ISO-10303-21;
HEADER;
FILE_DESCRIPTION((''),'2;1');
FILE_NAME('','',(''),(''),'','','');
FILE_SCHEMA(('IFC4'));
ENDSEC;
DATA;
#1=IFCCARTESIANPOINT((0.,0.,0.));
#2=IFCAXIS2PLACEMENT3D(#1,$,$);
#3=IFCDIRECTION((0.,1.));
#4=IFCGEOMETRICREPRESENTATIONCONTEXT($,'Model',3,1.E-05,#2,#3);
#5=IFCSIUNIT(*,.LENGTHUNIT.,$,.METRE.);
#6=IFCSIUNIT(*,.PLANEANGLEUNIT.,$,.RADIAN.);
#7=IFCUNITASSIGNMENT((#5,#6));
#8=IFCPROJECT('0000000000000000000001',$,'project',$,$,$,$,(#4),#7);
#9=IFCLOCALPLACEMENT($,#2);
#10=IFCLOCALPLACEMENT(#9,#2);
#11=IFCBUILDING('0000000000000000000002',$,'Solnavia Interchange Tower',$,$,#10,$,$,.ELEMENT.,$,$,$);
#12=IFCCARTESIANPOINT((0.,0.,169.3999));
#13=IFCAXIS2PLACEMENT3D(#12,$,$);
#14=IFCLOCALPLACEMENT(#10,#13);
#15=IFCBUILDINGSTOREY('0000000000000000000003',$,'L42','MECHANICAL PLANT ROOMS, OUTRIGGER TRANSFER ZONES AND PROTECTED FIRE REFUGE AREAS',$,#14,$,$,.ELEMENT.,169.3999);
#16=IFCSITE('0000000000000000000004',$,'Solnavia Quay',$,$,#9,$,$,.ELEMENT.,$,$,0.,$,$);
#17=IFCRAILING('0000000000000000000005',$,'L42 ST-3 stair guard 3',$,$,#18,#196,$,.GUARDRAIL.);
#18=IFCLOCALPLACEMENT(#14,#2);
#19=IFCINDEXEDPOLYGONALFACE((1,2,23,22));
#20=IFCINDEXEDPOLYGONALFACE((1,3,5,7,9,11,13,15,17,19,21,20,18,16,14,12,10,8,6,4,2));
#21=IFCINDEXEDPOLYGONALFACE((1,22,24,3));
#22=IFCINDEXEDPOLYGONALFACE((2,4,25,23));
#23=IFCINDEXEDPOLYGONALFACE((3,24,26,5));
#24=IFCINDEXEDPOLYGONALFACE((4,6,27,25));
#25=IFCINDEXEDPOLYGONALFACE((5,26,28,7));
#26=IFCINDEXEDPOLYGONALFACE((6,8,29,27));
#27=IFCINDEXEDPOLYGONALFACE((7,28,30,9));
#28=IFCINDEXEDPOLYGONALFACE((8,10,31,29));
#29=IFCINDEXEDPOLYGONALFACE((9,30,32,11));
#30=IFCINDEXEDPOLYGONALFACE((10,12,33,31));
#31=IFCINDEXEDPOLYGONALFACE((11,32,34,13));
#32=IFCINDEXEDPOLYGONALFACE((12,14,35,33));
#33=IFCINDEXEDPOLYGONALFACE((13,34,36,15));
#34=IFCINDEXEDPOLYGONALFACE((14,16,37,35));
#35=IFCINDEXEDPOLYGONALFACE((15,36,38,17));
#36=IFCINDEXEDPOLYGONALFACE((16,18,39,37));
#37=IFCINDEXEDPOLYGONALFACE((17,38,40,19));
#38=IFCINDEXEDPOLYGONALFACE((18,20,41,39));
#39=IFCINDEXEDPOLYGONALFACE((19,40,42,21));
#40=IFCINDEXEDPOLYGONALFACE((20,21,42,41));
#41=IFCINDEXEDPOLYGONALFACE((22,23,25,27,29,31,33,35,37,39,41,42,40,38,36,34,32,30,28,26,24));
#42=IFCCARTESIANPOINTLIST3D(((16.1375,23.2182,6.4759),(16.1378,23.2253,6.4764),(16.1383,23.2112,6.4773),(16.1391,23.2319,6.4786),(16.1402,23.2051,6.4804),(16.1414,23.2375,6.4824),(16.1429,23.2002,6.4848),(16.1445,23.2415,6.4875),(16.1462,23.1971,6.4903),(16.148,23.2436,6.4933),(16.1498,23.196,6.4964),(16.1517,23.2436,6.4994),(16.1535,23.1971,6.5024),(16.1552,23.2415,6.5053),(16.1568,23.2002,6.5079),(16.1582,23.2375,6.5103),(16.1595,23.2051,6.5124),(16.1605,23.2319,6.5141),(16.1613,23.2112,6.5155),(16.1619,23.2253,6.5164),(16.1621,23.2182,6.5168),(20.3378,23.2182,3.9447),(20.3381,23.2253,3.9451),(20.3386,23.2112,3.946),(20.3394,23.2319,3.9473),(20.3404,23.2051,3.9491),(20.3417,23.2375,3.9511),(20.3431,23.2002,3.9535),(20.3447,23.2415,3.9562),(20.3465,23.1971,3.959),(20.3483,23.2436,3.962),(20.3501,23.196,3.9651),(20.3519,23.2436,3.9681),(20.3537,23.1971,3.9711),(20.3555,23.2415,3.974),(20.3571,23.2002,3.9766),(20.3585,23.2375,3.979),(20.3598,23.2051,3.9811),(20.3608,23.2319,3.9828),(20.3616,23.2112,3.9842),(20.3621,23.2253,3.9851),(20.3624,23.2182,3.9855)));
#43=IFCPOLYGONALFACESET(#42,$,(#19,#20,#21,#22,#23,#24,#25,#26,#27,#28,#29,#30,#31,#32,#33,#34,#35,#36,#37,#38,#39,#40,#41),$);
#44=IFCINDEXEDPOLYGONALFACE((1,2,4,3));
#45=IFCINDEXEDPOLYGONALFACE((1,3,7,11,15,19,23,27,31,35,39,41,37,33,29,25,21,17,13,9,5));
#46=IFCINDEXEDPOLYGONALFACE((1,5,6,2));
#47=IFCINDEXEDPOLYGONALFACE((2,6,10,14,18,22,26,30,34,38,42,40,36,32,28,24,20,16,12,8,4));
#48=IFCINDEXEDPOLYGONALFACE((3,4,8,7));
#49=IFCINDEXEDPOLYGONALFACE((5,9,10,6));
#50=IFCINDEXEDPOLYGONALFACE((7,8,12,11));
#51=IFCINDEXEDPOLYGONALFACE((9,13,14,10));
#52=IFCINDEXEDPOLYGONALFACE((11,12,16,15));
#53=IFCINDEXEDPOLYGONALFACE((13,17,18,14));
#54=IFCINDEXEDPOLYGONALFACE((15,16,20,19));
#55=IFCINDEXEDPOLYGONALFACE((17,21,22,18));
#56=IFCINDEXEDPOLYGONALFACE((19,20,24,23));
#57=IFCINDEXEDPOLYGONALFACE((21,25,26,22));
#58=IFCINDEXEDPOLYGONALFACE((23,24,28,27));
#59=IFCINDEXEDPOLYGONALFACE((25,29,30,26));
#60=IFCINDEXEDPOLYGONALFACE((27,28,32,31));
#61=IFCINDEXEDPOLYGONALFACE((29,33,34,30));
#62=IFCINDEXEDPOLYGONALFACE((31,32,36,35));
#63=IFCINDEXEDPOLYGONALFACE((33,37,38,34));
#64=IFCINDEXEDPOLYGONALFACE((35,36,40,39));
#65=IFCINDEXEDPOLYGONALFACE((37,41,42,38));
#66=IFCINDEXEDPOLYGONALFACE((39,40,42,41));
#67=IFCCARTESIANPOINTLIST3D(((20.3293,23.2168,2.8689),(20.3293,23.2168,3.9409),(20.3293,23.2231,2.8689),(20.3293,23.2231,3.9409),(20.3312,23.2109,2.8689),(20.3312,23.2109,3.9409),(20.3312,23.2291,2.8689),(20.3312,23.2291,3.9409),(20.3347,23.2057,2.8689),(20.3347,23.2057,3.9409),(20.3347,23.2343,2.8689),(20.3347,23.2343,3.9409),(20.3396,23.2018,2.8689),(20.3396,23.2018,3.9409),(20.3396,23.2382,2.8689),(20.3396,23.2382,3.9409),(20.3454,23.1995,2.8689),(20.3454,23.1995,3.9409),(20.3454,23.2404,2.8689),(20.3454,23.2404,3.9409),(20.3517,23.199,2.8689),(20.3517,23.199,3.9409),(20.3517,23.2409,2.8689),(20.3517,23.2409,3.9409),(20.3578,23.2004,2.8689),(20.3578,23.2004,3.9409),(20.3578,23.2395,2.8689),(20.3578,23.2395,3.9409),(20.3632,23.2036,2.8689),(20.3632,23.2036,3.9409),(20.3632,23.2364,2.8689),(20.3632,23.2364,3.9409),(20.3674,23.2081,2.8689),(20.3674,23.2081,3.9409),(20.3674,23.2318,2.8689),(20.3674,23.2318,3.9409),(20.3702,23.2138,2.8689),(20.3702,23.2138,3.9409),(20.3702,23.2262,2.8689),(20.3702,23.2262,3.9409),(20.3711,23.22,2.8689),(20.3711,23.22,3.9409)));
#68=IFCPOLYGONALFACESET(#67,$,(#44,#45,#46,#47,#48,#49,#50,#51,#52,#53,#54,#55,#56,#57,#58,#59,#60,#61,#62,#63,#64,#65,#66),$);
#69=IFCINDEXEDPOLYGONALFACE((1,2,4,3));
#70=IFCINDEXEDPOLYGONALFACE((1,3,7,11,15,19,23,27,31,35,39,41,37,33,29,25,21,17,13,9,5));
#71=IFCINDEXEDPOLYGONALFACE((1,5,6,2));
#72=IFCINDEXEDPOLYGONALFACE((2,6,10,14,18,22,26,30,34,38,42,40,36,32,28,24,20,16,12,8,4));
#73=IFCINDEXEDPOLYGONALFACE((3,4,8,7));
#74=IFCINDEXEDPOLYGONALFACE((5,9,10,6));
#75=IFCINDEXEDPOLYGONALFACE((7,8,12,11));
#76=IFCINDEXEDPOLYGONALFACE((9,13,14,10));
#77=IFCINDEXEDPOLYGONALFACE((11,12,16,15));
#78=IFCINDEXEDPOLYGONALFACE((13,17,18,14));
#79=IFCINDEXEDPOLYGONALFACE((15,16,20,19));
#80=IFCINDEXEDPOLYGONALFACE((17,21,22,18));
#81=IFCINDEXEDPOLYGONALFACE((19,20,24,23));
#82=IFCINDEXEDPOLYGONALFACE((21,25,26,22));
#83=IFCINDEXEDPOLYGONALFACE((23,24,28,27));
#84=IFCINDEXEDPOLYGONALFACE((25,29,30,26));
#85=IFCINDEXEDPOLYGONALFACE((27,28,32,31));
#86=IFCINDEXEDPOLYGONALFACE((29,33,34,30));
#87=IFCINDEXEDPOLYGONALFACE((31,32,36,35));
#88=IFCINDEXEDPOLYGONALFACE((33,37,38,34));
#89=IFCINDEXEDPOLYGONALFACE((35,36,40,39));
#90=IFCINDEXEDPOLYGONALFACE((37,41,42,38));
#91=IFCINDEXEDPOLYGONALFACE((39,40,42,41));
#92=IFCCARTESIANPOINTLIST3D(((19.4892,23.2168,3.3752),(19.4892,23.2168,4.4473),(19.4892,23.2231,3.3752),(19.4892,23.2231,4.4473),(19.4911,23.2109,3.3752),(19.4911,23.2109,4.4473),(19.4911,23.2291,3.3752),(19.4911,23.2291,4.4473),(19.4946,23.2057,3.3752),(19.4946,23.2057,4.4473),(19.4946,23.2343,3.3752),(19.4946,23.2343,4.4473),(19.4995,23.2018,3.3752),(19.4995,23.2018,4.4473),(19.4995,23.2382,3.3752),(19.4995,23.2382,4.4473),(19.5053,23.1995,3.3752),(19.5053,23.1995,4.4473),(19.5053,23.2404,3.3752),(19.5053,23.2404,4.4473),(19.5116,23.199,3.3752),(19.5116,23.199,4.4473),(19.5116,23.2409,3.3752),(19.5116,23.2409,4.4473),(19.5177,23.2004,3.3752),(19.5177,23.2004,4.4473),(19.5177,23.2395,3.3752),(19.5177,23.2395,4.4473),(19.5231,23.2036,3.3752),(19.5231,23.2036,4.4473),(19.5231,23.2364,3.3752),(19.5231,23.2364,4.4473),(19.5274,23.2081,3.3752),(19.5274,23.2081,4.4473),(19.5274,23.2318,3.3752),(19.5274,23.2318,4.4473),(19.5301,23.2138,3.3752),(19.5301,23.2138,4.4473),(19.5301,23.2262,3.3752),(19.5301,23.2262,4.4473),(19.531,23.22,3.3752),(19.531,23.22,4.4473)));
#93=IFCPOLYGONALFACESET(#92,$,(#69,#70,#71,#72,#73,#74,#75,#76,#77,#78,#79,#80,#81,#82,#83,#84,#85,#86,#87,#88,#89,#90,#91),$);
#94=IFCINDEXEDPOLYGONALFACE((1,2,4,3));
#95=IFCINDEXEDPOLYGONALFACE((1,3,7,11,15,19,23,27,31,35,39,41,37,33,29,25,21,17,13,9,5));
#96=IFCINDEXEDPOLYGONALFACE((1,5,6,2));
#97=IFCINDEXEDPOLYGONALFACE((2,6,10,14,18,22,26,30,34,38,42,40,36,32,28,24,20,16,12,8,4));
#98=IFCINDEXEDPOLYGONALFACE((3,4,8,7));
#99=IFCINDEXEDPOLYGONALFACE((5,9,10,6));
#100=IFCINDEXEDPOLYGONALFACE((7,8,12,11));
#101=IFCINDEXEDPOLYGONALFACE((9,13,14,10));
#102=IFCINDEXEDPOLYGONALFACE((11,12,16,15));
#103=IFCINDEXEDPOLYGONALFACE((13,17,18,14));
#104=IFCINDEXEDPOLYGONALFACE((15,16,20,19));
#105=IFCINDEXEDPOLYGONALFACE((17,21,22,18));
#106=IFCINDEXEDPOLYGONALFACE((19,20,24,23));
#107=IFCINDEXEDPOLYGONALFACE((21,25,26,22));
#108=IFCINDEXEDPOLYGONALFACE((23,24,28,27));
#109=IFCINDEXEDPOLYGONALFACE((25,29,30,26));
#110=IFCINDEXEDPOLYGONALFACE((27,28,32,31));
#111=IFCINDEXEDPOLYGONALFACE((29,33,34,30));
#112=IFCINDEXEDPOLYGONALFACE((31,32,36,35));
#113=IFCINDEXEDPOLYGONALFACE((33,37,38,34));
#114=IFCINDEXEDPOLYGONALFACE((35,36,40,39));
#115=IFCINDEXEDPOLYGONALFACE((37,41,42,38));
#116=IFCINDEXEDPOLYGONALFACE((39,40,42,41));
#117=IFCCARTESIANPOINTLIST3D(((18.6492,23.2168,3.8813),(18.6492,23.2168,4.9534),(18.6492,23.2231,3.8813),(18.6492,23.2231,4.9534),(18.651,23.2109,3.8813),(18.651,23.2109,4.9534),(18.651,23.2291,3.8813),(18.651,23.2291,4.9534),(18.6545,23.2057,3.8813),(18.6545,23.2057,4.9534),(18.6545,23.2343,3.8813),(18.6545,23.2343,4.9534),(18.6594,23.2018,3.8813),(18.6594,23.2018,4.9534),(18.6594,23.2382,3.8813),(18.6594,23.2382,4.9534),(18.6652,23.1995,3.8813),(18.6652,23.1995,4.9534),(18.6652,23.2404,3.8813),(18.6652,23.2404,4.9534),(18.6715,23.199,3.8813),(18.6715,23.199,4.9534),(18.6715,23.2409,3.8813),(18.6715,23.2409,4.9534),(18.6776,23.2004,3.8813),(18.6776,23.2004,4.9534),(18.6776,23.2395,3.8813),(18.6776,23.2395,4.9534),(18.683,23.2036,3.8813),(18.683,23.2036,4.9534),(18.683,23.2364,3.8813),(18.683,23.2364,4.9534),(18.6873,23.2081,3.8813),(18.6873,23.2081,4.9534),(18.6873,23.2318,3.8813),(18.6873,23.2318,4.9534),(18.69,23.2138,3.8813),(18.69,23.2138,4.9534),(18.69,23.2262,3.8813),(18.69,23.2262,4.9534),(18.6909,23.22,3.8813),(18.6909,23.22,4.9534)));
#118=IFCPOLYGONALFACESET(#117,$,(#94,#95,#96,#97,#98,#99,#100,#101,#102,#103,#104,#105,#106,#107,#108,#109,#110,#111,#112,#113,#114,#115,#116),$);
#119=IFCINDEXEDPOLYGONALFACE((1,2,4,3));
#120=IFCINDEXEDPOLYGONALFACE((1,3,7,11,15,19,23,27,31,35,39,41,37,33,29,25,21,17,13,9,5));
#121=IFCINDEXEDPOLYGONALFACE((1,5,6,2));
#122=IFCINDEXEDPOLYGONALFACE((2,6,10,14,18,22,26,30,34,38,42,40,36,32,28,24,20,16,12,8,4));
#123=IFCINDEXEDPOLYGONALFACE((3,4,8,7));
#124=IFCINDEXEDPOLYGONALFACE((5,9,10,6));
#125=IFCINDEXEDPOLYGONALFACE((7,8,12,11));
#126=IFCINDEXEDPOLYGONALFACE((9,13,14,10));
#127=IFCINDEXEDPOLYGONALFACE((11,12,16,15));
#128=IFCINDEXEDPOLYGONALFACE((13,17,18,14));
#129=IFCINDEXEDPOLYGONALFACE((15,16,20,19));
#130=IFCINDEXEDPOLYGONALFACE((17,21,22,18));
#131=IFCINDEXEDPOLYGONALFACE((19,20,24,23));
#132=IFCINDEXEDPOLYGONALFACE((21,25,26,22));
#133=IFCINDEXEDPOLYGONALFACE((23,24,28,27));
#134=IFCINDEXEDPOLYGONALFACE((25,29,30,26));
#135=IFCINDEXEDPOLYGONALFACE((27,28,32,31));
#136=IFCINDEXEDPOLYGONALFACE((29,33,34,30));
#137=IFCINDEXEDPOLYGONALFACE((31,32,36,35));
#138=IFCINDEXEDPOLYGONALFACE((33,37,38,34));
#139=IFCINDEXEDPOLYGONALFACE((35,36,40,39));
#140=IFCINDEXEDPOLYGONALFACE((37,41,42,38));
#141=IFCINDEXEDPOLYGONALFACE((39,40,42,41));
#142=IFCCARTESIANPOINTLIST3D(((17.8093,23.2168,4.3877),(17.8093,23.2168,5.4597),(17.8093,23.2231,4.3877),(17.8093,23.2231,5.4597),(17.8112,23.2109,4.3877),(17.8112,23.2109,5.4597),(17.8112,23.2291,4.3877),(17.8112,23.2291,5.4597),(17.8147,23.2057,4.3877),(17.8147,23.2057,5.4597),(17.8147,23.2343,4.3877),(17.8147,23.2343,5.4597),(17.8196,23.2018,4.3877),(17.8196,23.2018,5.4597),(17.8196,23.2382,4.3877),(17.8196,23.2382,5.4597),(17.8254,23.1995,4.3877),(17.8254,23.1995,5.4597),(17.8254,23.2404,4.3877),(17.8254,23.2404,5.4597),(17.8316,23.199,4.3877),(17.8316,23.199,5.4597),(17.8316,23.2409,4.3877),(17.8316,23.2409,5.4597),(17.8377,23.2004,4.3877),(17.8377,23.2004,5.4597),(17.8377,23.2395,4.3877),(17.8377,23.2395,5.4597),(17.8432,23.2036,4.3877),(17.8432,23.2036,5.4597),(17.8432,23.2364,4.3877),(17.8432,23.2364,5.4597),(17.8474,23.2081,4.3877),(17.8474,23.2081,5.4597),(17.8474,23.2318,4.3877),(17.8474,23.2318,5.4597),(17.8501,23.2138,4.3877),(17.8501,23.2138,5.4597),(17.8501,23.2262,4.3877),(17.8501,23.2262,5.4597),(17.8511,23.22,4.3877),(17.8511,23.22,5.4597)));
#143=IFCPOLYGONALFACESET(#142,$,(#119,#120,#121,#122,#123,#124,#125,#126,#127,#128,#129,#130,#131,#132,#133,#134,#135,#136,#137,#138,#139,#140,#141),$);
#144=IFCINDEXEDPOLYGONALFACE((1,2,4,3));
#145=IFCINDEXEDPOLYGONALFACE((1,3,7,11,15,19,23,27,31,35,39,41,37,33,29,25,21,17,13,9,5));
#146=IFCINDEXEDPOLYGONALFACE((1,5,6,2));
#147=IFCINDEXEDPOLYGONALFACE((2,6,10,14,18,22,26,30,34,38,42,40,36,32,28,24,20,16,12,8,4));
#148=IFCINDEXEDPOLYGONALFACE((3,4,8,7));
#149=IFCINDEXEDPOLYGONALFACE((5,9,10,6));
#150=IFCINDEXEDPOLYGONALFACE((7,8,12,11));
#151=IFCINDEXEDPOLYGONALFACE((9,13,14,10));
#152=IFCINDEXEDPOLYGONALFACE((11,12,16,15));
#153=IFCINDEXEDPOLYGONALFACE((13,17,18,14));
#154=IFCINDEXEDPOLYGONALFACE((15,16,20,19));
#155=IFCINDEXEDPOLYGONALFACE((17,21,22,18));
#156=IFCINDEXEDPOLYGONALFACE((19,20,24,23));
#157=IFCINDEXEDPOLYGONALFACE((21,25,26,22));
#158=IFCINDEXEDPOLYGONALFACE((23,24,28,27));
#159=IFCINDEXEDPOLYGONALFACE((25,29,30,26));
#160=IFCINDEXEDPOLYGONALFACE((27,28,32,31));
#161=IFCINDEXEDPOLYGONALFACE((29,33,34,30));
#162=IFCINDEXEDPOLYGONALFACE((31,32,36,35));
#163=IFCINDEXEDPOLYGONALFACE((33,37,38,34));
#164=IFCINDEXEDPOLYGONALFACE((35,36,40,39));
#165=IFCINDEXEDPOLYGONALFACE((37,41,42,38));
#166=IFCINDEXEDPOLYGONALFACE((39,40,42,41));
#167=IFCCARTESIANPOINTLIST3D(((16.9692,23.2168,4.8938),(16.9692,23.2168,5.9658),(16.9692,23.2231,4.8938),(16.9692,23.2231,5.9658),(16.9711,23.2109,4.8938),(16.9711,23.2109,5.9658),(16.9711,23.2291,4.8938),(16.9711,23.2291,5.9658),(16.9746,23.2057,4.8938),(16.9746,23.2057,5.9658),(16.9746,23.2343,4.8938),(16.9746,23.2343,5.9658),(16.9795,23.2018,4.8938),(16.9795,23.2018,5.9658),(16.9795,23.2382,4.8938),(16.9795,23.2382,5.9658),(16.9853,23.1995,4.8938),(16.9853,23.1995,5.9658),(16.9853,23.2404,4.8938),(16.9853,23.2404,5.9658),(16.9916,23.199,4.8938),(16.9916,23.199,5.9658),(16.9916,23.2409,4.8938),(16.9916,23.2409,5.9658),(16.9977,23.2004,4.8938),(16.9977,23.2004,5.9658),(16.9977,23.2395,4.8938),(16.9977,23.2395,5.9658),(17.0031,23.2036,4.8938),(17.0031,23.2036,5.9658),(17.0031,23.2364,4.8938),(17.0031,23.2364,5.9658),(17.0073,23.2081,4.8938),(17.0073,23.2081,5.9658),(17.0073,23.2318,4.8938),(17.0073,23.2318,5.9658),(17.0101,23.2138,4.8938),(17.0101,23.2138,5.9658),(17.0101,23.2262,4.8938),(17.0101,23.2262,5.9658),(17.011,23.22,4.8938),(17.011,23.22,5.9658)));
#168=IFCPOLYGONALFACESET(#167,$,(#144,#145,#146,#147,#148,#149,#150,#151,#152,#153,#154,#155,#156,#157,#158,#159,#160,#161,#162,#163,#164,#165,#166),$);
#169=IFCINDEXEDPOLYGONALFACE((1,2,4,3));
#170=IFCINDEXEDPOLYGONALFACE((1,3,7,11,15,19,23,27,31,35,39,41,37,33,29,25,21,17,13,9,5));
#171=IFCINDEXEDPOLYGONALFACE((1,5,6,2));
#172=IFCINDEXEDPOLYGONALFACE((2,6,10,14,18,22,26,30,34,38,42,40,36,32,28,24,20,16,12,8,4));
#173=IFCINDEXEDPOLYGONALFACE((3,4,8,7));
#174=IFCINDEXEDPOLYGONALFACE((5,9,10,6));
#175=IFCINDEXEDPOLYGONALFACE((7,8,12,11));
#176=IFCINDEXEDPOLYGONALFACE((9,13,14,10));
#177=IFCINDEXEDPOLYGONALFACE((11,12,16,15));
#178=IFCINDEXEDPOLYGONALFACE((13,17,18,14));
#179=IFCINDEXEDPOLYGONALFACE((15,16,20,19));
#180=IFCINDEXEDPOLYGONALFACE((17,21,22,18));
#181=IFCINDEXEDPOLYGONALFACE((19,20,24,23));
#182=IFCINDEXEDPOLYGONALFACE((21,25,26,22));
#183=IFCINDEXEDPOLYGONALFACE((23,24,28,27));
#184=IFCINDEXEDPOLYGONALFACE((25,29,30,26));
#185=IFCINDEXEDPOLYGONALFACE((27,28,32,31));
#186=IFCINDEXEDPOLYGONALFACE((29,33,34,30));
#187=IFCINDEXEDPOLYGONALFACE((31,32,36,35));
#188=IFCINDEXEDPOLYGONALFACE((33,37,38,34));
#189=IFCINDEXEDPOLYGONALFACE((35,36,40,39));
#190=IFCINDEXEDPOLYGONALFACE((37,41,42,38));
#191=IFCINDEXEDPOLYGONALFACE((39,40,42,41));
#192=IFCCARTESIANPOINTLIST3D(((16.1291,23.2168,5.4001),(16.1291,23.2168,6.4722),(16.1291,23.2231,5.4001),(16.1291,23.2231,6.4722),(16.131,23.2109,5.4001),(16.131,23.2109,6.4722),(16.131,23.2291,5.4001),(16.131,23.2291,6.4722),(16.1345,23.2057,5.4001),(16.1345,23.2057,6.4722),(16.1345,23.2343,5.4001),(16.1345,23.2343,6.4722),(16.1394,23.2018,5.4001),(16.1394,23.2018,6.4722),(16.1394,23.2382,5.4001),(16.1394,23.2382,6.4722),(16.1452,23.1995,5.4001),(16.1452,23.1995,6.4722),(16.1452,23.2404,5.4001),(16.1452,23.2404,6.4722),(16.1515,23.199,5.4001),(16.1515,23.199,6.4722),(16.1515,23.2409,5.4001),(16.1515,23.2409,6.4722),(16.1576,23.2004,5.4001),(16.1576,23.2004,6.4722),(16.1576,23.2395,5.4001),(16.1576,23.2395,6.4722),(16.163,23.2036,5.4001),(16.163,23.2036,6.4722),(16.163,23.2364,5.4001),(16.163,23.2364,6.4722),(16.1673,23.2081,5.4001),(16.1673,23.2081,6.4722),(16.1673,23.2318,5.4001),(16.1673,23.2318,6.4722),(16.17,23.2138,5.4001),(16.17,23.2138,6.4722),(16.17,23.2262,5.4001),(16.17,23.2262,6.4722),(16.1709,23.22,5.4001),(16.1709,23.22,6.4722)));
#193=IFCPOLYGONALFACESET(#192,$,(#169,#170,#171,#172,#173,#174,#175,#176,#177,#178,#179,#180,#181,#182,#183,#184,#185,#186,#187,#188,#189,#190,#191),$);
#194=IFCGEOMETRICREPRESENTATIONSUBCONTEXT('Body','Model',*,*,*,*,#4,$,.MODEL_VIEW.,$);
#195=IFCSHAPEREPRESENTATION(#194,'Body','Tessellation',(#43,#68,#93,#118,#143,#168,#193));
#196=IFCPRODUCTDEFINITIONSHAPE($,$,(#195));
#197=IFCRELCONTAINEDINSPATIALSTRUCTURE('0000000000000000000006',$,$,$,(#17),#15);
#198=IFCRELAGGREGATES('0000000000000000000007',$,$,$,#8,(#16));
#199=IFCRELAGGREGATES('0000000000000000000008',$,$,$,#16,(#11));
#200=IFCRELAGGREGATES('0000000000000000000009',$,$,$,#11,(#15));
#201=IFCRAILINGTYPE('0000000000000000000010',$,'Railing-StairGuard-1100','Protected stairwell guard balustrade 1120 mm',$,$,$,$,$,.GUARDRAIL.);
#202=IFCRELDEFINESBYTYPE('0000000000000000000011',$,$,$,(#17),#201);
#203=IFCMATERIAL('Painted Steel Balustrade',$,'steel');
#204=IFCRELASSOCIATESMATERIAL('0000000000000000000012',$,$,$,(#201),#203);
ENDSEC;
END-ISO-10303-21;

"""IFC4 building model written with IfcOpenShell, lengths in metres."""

from ifc_helpers import new_model, si_unit, direction, frame, origin, origin_2d, place, context, subcontext, project, spatial, circle, extrude, material, type_object, element, save


model = new_model("IFC4")

# Units and contexts
model_context = context("Model", 3, precision=1e-05, world=origin(), true_north=direction((0.0, 1.0)))
body_context = subcontext(model_context, "Body", "Model", "MODEL_VIEW")
ifc_project = project(units=[si_unit("LENGTHUNIT", "METRE"), si_unit("PLANEANGLEUNIT", "RADIAN")], contexts=[model_context])

# Site, building, storey
site_placement = place(None, origin())
site = spatial("IfcSite", under=ifc_project, at=site_placement, Name="Solnavia Quay", CompositionType="ELEMENT", RefElevation=0.0)
building_placement = place(site_placement, origin())
building = spatial("IfcBuilding", under=site, at=building_placement, Name="Solnavia Interchange Tower", CompositionType="ELEMENT")
storey_placement = place(building_placement, frame((0.0, 0.0, 169.3999)))
storey = spatial("IfcBuildingStorey", under=building, at=storey_placement, Name="L42", Description="MECHANICAL PLANT ROOMS, OUTRIGGER TRANSFER ZONES AND PROTECTED FIRE REFUGE AREAS", CompositionType="ELEMENT", Elevation=169.3999)

# Railing
ifc_material_1 = material(Name="Painted Steel Balustrade", Category="steel")
railing_type_1 = type_object("IfcRailingType", Name="Railing-StairGuard-1100", Description="Protected stairwell guard balustrade 1120 mm", PredefinedType="GUARDRAIL", material=ifc_material_1)
railing_1_placement = place(storey_placement, frame((20.3501, 23.22, 2.8689)))
element("IfcRailing", 1, at=railing_1_placement, inside=storey, type_object=railing_type_1, Name="L42 ST-3 stair guard 3", PredefinedType="GUARDRAIL", context=body_context, shape_type="SweptSolid", body=[
    extrude(circle(Radius=0.0239, at=origin_2d()), frame((0.0, 0.0, 1.0962), z_axis=(-0.85649, 0.0, 0.516164), x_axis=(0.0, -1.0, 0.0)), (0.0, 0.0, 1.0), 4.9041),
    extrude(circle(Radius=0.021, at=origin_2d()), origin(), (0.0, 0.0, 1.0), 1.072),
    extrude(circle(Radius=0.021, at=origin_2d()), frame((-0.8401, 0.0, 0.5063)), (0.0, 0.0, 1.0), 1.072),
    extrude(circle(Radius=0.021, at=origin_2d()), frame((-1.6802, 0.0, 1.0125)), (0.0, 0.0, 1.0), 1.072),
    extrude(circle(Radius=0.021, at=origin_2d()), frame((-2.52, 0.0, 1.5188)), (0.0, 0.0, 1.0), 1.072),
    extrude(circle(Radius=0.021, at=origin_2d()), frame((-3.3601, 0.0, 2.0249)), (0.0, 0.0, 1.0), 1.072),
    extrude(circle(Radius=0.021, at=origin_2d()), frame((-4.2002, 0.0, 2.5312)), (0.0, 0.0, 1.0), 1.072),
])

save(model, "model.ifc")
